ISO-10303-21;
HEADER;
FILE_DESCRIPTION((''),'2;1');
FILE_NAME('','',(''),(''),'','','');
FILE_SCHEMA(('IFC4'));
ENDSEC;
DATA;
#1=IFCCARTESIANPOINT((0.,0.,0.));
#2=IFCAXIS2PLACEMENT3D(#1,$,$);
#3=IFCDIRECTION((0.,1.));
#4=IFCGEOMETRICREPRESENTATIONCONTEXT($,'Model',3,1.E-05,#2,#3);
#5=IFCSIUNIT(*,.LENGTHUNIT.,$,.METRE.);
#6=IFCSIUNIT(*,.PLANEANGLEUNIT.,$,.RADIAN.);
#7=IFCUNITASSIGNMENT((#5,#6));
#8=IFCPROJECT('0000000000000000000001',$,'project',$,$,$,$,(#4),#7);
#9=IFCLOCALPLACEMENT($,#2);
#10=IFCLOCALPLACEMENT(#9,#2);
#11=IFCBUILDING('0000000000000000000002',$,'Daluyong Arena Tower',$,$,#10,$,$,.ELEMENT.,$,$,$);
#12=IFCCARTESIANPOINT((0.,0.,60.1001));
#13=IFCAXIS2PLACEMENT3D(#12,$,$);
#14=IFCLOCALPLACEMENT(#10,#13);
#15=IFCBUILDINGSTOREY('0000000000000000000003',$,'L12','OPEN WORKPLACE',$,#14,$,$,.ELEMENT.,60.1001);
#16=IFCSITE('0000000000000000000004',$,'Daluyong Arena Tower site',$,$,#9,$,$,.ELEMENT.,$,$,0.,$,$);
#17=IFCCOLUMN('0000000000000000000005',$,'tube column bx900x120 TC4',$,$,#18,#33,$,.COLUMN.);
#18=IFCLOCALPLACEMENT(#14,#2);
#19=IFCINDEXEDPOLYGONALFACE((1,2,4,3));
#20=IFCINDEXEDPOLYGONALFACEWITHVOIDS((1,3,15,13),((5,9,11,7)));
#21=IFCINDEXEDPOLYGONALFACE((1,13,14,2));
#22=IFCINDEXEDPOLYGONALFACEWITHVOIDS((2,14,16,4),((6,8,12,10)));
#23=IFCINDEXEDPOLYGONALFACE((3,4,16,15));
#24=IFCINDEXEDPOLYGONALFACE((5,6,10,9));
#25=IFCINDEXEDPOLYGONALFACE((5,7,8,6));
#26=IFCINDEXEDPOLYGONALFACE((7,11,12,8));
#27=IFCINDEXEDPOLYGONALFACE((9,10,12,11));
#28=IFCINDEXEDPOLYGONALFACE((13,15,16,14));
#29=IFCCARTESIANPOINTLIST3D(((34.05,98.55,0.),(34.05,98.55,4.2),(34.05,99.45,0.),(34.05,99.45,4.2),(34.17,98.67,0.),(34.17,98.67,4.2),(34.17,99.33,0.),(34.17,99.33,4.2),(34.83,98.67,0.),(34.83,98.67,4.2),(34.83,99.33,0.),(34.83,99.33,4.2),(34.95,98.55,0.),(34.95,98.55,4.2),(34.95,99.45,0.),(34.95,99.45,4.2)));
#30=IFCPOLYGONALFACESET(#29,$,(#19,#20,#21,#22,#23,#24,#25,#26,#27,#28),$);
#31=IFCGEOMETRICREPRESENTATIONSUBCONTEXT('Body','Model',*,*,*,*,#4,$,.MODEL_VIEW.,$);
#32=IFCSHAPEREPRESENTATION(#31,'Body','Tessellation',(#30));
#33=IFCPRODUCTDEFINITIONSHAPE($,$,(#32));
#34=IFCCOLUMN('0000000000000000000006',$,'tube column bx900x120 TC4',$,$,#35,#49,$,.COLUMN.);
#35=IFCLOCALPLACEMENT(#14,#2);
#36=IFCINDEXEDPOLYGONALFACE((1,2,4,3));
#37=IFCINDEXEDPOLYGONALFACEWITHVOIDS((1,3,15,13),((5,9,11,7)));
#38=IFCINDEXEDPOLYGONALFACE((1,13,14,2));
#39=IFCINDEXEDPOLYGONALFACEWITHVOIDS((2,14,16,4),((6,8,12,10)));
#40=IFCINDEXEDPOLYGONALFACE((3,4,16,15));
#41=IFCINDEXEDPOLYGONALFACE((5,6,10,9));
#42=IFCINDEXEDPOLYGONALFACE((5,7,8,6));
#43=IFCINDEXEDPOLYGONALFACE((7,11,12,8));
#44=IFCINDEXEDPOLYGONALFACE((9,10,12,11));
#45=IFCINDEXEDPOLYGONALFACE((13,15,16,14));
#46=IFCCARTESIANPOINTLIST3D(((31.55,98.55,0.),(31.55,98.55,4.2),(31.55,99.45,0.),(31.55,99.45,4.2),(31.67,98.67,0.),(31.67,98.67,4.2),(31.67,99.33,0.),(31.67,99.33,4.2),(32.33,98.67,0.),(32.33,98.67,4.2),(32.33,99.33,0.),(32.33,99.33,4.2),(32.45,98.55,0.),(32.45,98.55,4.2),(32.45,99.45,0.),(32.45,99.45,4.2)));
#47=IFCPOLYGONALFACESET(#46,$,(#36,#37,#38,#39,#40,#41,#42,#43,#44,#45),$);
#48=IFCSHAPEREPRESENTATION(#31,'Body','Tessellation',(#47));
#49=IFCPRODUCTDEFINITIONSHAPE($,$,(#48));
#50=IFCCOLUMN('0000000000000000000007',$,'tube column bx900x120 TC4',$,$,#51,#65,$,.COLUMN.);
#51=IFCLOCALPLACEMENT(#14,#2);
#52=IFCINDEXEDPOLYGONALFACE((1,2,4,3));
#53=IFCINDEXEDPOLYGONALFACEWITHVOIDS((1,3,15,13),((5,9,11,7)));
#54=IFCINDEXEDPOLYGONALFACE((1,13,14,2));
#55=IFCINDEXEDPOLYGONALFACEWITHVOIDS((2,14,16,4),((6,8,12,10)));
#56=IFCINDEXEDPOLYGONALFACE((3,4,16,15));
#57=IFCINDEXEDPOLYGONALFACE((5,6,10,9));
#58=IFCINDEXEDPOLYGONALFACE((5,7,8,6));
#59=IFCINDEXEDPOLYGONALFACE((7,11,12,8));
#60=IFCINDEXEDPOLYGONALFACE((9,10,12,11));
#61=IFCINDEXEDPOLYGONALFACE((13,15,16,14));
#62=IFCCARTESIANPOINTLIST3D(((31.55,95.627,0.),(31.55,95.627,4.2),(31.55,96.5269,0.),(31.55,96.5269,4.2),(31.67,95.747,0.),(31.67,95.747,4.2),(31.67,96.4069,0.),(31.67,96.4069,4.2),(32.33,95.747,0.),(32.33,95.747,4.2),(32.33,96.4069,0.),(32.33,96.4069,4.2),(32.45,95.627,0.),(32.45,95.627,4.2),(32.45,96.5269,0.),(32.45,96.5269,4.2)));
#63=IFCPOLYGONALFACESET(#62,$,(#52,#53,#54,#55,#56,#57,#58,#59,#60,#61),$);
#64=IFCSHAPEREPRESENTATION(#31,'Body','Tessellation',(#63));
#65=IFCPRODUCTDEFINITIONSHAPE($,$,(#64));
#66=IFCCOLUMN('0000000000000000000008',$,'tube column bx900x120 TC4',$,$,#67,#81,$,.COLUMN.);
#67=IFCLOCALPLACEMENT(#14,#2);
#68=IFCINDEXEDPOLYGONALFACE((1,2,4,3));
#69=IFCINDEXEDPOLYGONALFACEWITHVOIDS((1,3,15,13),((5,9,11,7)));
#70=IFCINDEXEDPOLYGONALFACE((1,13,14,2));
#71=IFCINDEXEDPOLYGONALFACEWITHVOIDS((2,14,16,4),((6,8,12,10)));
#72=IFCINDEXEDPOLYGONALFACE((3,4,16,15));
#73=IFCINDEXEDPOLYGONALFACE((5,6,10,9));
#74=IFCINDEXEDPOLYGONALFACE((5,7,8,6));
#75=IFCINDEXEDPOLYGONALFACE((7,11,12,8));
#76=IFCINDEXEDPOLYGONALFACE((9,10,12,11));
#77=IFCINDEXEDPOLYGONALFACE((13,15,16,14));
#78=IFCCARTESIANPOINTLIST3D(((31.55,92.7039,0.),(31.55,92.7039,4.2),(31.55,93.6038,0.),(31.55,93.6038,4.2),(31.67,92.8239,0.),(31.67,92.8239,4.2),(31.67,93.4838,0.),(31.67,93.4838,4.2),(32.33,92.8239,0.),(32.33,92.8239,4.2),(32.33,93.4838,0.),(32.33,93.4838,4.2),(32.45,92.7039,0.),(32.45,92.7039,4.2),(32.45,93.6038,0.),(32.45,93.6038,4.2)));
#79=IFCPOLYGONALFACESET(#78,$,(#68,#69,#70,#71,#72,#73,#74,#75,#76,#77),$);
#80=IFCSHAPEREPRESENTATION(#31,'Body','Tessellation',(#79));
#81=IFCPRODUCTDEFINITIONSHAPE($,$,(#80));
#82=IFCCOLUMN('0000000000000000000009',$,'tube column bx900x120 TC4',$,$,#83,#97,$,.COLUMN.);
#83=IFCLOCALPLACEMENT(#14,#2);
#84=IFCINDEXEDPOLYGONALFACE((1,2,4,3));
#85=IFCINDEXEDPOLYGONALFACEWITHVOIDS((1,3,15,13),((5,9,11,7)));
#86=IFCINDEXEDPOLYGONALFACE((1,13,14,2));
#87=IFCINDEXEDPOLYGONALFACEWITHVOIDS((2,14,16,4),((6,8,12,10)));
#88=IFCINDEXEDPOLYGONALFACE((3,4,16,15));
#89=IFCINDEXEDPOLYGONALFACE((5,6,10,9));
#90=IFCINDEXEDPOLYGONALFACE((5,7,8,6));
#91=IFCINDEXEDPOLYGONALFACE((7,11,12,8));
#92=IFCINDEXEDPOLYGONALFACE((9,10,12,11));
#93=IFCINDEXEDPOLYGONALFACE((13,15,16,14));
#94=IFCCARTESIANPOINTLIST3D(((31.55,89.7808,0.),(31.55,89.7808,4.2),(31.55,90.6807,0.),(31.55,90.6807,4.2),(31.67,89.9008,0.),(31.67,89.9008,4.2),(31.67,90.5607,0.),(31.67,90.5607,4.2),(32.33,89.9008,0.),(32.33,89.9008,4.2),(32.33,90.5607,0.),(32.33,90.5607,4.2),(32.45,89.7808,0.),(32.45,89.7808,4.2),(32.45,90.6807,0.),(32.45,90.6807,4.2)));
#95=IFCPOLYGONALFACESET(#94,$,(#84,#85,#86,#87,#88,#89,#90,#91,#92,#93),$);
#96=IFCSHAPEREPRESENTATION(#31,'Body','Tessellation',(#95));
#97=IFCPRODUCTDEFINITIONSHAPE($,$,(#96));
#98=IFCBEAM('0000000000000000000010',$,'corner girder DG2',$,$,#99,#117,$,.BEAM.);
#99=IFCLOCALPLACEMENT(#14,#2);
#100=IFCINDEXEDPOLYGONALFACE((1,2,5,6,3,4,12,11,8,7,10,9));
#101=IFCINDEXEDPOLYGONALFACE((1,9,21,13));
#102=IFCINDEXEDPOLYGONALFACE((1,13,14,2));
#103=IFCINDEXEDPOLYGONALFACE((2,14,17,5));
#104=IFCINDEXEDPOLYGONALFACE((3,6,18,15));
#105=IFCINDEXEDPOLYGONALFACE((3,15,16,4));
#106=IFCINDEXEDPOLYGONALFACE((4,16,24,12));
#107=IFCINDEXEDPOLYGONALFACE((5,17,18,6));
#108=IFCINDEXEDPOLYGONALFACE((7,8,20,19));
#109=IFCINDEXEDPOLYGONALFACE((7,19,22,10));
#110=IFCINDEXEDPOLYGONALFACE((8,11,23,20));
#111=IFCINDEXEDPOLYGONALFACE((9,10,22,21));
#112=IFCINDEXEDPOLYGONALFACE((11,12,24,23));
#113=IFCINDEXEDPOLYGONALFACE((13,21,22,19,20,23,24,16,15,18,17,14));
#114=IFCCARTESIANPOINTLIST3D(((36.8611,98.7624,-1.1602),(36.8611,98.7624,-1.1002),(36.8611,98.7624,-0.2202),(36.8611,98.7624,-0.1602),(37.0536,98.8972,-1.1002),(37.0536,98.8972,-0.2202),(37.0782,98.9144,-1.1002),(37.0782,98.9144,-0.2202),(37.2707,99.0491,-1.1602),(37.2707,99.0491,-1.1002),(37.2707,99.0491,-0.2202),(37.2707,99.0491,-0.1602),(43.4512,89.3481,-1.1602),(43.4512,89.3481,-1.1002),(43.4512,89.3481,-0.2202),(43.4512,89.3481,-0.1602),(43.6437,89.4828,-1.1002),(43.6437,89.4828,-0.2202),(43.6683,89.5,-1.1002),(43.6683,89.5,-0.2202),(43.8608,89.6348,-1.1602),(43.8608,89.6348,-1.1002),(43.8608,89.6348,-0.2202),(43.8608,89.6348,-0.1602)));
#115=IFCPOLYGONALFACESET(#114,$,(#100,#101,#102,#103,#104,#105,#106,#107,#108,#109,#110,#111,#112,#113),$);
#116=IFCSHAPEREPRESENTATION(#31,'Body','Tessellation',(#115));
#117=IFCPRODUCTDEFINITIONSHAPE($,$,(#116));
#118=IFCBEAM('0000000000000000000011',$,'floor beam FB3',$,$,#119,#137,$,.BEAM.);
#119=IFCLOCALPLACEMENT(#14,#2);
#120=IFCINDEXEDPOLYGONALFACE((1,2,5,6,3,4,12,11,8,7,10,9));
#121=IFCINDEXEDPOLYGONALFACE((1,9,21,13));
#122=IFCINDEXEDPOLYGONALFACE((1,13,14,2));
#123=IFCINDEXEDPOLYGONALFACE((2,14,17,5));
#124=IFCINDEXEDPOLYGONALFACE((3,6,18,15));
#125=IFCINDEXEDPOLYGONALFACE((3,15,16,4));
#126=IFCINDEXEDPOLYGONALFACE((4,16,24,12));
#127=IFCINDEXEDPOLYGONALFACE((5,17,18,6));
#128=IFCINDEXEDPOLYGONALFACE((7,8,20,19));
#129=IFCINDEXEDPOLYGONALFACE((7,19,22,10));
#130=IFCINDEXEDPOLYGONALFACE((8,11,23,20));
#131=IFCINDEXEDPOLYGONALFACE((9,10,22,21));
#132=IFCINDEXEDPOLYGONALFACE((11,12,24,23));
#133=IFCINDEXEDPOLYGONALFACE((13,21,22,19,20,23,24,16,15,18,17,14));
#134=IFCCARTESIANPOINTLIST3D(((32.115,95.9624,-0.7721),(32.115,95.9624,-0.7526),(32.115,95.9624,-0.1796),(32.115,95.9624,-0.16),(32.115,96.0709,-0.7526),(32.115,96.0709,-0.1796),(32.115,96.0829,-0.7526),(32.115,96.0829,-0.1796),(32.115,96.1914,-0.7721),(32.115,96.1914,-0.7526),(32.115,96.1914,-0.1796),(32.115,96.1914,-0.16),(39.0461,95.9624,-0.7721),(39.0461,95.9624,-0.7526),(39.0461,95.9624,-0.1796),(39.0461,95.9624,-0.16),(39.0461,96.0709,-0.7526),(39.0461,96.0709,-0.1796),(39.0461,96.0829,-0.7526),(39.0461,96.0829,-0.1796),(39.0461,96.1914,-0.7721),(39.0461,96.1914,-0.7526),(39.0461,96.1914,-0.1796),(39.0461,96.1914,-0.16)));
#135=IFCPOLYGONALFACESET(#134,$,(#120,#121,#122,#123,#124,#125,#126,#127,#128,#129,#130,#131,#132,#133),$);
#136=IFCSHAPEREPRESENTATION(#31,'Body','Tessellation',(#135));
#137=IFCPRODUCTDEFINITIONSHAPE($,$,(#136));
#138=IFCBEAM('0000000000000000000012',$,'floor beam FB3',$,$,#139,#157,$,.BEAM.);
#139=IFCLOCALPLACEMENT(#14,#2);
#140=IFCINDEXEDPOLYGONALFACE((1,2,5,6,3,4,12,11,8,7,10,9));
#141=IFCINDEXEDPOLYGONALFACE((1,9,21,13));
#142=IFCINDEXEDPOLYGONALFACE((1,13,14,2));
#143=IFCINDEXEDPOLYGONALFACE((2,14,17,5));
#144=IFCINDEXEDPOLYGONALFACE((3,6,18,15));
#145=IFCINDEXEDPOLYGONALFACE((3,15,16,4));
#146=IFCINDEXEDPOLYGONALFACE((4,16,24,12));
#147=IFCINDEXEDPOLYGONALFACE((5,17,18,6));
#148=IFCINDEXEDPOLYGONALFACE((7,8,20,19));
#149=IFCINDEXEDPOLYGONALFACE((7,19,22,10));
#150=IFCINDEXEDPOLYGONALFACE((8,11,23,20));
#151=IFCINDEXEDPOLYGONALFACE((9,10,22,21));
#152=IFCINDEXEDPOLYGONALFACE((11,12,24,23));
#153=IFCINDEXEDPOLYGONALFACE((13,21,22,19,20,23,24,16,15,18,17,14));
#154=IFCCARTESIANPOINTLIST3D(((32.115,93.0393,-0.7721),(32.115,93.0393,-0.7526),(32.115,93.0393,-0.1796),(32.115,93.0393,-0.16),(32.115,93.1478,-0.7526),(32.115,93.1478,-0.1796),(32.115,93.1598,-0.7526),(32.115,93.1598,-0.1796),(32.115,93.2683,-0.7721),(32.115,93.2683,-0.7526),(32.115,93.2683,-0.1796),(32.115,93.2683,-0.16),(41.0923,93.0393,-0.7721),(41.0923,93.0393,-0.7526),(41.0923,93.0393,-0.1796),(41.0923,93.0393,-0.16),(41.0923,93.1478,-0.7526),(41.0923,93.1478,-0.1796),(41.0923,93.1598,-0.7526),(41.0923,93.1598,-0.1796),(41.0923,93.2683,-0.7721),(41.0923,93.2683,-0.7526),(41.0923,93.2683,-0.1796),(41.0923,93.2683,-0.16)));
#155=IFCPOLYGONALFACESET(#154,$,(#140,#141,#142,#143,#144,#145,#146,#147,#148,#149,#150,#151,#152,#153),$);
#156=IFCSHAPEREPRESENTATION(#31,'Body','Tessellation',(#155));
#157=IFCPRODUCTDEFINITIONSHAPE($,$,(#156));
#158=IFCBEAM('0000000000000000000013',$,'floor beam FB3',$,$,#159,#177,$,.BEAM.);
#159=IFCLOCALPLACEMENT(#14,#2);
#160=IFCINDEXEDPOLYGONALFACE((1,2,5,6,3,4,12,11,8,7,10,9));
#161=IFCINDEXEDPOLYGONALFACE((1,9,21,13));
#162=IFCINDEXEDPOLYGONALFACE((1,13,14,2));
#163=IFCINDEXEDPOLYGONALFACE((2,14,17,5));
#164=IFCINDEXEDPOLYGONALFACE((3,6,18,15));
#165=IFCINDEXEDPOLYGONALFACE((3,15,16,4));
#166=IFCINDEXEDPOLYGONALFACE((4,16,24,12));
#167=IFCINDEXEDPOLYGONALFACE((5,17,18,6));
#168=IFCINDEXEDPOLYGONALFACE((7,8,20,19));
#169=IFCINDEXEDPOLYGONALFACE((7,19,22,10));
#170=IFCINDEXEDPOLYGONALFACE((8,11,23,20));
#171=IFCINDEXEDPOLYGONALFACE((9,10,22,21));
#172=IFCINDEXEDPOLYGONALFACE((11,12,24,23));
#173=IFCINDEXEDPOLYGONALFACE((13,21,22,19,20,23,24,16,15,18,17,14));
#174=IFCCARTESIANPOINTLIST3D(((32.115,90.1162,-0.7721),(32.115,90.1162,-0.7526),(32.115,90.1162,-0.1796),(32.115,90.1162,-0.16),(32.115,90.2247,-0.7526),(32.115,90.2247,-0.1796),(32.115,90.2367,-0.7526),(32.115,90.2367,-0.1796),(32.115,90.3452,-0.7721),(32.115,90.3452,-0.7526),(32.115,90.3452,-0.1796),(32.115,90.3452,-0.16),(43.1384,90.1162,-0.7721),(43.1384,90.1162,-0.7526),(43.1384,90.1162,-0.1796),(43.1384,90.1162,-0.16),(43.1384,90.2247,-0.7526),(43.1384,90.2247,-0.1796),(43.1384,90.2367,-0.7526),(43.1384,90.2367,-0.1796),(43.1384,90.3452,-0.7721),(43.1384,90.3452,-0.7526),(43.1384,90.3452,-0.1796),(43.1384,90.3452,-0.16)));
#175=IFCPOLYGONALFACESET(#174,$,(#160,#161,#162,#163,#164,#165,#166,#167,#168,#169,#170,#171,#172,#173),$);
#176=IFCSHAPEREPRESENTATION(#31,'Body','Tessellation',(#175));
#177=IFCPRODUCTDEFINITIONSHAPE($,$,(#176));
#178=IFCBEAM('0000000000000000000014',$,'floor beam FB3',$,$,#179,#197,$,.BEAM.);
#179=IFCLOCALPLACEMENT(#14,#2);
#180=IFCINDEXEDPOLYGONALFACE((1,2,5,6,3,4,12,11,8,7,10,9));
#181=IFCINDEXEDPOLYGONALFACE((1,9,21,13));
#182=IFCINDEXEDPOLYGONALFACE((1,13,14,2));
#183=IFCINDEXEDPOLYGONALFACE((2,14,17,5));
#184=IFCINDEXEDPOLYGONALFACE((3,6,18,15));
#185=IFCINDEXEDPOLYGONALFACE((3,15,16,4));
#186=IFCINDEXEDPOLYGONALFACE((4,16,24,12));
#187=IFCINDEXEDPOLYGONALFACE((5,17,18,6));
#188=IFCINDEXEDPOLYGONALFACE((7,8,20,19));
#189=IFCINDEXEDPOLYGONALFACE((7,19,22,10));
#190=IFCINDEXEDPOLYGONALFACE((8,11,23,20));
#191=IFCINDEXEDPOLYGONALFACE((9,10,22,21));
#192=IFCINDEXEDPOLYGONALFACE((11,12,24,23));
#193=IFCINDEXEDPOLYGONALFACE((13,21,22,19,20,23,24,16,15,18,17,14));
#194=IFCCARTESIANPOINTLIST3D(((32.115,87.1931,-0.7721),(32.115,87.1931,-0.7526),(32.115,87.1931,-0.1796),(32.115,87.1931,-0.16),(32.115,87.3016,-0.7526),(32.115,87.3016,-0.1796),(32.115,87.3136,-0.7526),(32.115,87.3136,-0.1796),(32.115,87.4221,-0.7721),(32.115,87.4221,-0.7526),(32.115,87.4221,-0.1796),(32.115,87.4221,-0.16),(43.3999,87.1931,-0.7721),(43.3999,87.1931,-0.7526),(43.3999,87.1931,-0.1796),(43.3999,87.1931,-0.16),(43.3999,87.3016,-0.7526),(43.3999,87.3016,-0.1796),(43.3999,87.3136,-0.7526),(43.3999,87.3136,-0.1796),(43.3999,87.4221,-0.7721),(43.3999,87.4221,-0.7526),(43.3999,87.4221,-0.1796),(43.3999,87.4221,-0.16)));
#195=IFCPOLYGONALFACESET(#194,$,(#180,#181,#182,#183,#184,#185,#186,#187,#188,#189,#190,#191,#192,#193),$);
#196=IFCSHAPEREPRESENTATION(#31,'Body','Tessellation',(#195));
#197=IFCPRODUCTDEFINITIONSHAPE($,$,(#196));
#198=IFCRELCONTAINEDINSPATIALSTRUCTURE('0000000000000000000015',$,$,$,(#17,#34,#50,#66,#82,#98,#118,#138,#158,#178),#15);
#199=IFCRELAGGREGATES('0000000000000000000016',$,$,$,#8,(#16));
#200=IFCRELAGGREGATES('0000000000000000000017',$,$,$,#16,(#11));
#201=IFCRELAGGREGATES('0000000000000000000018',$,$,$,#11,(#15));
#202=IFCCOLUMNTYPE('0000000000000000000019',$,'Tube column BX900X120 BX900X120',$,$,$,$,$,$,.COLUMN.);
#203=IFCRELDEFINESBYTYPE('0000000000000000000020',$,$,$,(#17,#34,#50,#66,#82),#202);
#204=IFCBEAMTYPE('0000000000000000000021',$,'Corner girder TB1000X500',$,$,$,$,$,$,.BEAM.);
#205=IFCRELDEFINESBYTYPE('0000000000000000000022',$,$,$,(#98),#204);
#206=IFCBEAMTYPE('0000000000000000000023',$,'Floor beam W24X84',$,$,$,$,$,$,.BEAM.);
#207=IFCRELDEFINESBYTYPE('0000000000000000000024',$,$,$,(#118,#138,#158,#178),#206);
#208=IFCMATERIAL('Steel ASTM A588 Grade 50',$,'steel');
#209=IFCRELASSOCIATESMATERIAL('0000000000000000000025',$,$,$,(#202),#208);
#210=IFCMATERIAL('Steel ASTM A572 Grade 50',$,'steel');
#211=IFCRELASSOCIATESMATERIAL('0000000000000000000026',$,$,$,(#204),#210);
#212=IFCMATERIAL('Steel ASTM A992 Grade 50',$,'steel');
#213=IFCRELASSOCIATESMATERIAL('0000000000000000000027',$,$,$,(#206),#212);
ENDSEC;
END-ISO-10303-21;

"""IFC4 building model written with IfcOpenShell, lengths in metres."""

from ifc_helpers import new_model, si_unit, direction, frame, origin, origin_2d, place, context, subcontext, project, spatial, hollow_rectangle, i_section, extrude, material, material_profile, profile_set, type_object, element, save


model = new_model("IFC4")

# Units and contexts
model_context = context("Model", 3, precision=1e-05, world=origin(), true_north=direction((0.0, 1.0)))
body_context = subcontext(model_context, "Body", "Model", "MODEL_VIEW")
ifc_project = project(units=[si_unit("LENGTHUNIT", "METRE"), si_unit("PLANEANGLEUNIT", "RADIAN")], contexts=[model_context])

# Site, building, storey
site_placement = place(None, origin())
site = spatial("IfcSite", under=ifc_project, at=site_placement, Name="Daluyong Arena Tower site", CompositionType="ELEMENT", RefElevation=0.0)
building_placement = place(site_placement, origin())
building = spatial("IfcBuilding", under=site, at=building_placement, Name="Daluyong Arena Tower", CompositionType="ELEMENT")
storey_placement = place(building_placement, frame((0.0, 0.0, 60.1001)))
storey = spatial("IfcBuildingStorey", under=building, at=storey_placement, Name="L12", Description="OPEN WORKPLACE", CompositionType="ELEMENT", Elevation=60.1001)

# Columns
ifc_material_1 = material(Name="Steel ASTM A588 Grade 50", Category="steel")
ifc_material_profile_1 = material_profile(ifc_material_1, hollow_rectangle(XDim=0.8999, YDim=0.8999, WallThickness=0.12, at=origin_2d()))
ifc_profile_set_1 = profile_set([ifc_material_profile_1], Name="Steel ASTM A588 Grade 50")
column_type = type_object("IfcColumnType", Name="Tube column BX900X120 BX900X120", PredefinedType="COLUMN", material=ifc_profile_set_1)
for number, where, z_axis, x_axis, name in (
    (1, (34.5, 99.0, 0.0), (0.0, 0.0, 1.0), (1.0, 0.0, 0.0), "tube column bx900x120 TC4"),
    (2, (32.0, 99.0, 0.0), (0.0, 0.0, 1.0), (0.0, 1.0, 0.0), "tube column bx900x120 TC4"),
    (3, (32.0, 96.0769, 0.0), (0.0, 0.0, 1.0), (0.0, 1.0, 0.0), "tube column bx900x120 TC4"),
    (4, (32.0, 93.1538, 0.0), (0.0, 0.0, 1.0), (0.0, 1.0, 0.0), "tube column bx900x120 TC4"),
    (5, (32.0, 90.2307, 0.0), (0.0, 0.0, 1.0), (0.0, 1.0, 0.0), "tube column bx900x120 TC4"),
):
    element("IfcColumn", number, at=place(storey_placement, frame(where, z_axis=z_axis, x_axis=x_axis)), inside=storey, type_object=column_type, Name=name, PredefinedType="COLUMN", context=body_context, shape_type="SweptSolid", body=[
        extrude(hollow_rectangle(XDim=0.8999, YDim=0.8999, WallThickness=0.12, at=origin_2d()), origin(), (0.0, 0.0, 1.0), 4.2),
    ])

# Beams
ifc_material_2 = material(Name="Steel ASTM A572 Grade 50", Category="steel")
ifc_material_profile_2 = material_profile(ifc_material_2, i_section(OverallWidth=0.5, OverallDepth=1.0, WebThickness=0.03, FlangeThickness=0.06, at=origin_2d()))
ifc_profile_set_2 = profile_set([ifc_material_profile_2], Name="Steel ASTM A572 Grade 50")
beam_type_1 = type_object("IfcBeamType", Name="Corner girder TB1000X500", PredefinedType="BEAM", material=ifc_profile_set_2)
beam_1_placement = place(storey_placement, frame((37.0659, 98.9058, -0.6602), z_axis=(0.573467, -0.819229, 0.0), x_axis=(0.819229, 0.573467, 0.0)))
element("IfcBeam", 6, at=beam_1_placement, inside=storey, type_object=beam_type_1, Name="corner girder DG2", PredefinedType="BEAM", context=body_context, shape_type="SweptSolid", body=[
    extrude(i_section(OverallWidth=0.5, OverallDepth=1.0, WebThickness=0.03, FlangeThickness=0.06, at=origin_2d()), origin(), (0.0, 0.0, 1.0), 11.4917),
])
ifc_material_3 = material(Name="Steel ASTM A992 Grade 50", Category="steel")
ifc_material_profile_3 = material_profile(ifc_material_3, i_section(OverallWidth=0.229, OverallDepth=0.6121, WebThickness=0.012, FlangeThickness=0.0195, at=origin_2d()))
ifc_profile_set_3 = profile_set([ifc_material_profile_3], Name="Steel ASTM A992 Grade 50")
beam_type_2 = type_object("IfcBeamType", Name="Floor beam W24X84", PredefinedType="BEAM", material=ifc_profile_set_3)
beam_2_placement = place(storey_placement, frame((32.115, 96.0769, -0.4661), z_axis=(1.0, 0.0, 0.0), x_axis=(0.0, 1.0, 0.0)))
element("IfcBeam", 7, at=beam_2_placement, inside=storey, type_object=beam_type_2, Name="floor beam FB3", PredefinedType="BEAM", context=body_context, shape_type="SweptSolid", body=[
    extrude(i_section(OverallWidth=0.229, OverallDepth=0.6121, WebThickness=0.012, FlangeThickness=0.0195, at=origin_2d()), origin(), (0.0, 0.0, 1.0), 6.9312),
])
beam_3_placement = place(storey_placement, frame((32.115, 93.1538, -0.4661), z_axis=(1.0, 0.0, 0.0), x_axis=(0.0, 1.0, 0.0)))
element("IfcBeam", 8, at=beam_3_placement, inside=storey, type_object=beam_type_2, Name="floor beam FB3", PredefinedType="BEAM", context=body_context, shape_type="SweptSolid", body=[
    extrude(i_section(OverallWidth=0.229, OverallDepth=0.6121, WebThickness=0.012, FlangeThickness=0.0195, at=origin_2d()), origin(), (0.0, 0.0, 1.0), 8.9773),
])
beam_4_placement = place(storey_placement, frame((32.115, 90.2307, -0.4661), z_axis=(1.0, 0.0, 0.0), x_axis=(0.0, 1.0, 0.0)))
element("IfcBeam", 9, at=beam_4_placement, inside=storey, type_object=beam_type_2, Name="floor beam FB3", PredefinedType="BEAM", context=body_context, shape_type="SweptSolid", body=[
    extrude(i_section(OverallWidth=0.229, OverallDepth=0.6121, WebThickness=0.012, FlangeThickness=0.0195, at=origin_2d()), origin(), (0.0, 0.0, 1.0), 11.0234),
])
for number, where, z_axis, x_axis, name in (
    (10, (32.115, 87.3076, -0.4661), (1.0, 0.0, 0.0), (0.0, 1.0, 0.0), "floor beam FB3"),
):
    element("IfcBeam", number, at=place(storey_placement, frame(where, z_axis=z_axis, x_axis=x_axis)), inside=storey, type_object=beam_type_2, Name=name, PredefinedType="BEAM", context=body_context, shape_type="SweptSolid", body=[
        extrude(i_section(OverallWidth=0.229, OverallDepth=0.6121, WebThickness=0.012, FlangeThickness=0.0195, at=origin_2d()), origin(), (0.0, 0.0, 1.0), 11.2849),
    ])

save(model, "model.ifc")
